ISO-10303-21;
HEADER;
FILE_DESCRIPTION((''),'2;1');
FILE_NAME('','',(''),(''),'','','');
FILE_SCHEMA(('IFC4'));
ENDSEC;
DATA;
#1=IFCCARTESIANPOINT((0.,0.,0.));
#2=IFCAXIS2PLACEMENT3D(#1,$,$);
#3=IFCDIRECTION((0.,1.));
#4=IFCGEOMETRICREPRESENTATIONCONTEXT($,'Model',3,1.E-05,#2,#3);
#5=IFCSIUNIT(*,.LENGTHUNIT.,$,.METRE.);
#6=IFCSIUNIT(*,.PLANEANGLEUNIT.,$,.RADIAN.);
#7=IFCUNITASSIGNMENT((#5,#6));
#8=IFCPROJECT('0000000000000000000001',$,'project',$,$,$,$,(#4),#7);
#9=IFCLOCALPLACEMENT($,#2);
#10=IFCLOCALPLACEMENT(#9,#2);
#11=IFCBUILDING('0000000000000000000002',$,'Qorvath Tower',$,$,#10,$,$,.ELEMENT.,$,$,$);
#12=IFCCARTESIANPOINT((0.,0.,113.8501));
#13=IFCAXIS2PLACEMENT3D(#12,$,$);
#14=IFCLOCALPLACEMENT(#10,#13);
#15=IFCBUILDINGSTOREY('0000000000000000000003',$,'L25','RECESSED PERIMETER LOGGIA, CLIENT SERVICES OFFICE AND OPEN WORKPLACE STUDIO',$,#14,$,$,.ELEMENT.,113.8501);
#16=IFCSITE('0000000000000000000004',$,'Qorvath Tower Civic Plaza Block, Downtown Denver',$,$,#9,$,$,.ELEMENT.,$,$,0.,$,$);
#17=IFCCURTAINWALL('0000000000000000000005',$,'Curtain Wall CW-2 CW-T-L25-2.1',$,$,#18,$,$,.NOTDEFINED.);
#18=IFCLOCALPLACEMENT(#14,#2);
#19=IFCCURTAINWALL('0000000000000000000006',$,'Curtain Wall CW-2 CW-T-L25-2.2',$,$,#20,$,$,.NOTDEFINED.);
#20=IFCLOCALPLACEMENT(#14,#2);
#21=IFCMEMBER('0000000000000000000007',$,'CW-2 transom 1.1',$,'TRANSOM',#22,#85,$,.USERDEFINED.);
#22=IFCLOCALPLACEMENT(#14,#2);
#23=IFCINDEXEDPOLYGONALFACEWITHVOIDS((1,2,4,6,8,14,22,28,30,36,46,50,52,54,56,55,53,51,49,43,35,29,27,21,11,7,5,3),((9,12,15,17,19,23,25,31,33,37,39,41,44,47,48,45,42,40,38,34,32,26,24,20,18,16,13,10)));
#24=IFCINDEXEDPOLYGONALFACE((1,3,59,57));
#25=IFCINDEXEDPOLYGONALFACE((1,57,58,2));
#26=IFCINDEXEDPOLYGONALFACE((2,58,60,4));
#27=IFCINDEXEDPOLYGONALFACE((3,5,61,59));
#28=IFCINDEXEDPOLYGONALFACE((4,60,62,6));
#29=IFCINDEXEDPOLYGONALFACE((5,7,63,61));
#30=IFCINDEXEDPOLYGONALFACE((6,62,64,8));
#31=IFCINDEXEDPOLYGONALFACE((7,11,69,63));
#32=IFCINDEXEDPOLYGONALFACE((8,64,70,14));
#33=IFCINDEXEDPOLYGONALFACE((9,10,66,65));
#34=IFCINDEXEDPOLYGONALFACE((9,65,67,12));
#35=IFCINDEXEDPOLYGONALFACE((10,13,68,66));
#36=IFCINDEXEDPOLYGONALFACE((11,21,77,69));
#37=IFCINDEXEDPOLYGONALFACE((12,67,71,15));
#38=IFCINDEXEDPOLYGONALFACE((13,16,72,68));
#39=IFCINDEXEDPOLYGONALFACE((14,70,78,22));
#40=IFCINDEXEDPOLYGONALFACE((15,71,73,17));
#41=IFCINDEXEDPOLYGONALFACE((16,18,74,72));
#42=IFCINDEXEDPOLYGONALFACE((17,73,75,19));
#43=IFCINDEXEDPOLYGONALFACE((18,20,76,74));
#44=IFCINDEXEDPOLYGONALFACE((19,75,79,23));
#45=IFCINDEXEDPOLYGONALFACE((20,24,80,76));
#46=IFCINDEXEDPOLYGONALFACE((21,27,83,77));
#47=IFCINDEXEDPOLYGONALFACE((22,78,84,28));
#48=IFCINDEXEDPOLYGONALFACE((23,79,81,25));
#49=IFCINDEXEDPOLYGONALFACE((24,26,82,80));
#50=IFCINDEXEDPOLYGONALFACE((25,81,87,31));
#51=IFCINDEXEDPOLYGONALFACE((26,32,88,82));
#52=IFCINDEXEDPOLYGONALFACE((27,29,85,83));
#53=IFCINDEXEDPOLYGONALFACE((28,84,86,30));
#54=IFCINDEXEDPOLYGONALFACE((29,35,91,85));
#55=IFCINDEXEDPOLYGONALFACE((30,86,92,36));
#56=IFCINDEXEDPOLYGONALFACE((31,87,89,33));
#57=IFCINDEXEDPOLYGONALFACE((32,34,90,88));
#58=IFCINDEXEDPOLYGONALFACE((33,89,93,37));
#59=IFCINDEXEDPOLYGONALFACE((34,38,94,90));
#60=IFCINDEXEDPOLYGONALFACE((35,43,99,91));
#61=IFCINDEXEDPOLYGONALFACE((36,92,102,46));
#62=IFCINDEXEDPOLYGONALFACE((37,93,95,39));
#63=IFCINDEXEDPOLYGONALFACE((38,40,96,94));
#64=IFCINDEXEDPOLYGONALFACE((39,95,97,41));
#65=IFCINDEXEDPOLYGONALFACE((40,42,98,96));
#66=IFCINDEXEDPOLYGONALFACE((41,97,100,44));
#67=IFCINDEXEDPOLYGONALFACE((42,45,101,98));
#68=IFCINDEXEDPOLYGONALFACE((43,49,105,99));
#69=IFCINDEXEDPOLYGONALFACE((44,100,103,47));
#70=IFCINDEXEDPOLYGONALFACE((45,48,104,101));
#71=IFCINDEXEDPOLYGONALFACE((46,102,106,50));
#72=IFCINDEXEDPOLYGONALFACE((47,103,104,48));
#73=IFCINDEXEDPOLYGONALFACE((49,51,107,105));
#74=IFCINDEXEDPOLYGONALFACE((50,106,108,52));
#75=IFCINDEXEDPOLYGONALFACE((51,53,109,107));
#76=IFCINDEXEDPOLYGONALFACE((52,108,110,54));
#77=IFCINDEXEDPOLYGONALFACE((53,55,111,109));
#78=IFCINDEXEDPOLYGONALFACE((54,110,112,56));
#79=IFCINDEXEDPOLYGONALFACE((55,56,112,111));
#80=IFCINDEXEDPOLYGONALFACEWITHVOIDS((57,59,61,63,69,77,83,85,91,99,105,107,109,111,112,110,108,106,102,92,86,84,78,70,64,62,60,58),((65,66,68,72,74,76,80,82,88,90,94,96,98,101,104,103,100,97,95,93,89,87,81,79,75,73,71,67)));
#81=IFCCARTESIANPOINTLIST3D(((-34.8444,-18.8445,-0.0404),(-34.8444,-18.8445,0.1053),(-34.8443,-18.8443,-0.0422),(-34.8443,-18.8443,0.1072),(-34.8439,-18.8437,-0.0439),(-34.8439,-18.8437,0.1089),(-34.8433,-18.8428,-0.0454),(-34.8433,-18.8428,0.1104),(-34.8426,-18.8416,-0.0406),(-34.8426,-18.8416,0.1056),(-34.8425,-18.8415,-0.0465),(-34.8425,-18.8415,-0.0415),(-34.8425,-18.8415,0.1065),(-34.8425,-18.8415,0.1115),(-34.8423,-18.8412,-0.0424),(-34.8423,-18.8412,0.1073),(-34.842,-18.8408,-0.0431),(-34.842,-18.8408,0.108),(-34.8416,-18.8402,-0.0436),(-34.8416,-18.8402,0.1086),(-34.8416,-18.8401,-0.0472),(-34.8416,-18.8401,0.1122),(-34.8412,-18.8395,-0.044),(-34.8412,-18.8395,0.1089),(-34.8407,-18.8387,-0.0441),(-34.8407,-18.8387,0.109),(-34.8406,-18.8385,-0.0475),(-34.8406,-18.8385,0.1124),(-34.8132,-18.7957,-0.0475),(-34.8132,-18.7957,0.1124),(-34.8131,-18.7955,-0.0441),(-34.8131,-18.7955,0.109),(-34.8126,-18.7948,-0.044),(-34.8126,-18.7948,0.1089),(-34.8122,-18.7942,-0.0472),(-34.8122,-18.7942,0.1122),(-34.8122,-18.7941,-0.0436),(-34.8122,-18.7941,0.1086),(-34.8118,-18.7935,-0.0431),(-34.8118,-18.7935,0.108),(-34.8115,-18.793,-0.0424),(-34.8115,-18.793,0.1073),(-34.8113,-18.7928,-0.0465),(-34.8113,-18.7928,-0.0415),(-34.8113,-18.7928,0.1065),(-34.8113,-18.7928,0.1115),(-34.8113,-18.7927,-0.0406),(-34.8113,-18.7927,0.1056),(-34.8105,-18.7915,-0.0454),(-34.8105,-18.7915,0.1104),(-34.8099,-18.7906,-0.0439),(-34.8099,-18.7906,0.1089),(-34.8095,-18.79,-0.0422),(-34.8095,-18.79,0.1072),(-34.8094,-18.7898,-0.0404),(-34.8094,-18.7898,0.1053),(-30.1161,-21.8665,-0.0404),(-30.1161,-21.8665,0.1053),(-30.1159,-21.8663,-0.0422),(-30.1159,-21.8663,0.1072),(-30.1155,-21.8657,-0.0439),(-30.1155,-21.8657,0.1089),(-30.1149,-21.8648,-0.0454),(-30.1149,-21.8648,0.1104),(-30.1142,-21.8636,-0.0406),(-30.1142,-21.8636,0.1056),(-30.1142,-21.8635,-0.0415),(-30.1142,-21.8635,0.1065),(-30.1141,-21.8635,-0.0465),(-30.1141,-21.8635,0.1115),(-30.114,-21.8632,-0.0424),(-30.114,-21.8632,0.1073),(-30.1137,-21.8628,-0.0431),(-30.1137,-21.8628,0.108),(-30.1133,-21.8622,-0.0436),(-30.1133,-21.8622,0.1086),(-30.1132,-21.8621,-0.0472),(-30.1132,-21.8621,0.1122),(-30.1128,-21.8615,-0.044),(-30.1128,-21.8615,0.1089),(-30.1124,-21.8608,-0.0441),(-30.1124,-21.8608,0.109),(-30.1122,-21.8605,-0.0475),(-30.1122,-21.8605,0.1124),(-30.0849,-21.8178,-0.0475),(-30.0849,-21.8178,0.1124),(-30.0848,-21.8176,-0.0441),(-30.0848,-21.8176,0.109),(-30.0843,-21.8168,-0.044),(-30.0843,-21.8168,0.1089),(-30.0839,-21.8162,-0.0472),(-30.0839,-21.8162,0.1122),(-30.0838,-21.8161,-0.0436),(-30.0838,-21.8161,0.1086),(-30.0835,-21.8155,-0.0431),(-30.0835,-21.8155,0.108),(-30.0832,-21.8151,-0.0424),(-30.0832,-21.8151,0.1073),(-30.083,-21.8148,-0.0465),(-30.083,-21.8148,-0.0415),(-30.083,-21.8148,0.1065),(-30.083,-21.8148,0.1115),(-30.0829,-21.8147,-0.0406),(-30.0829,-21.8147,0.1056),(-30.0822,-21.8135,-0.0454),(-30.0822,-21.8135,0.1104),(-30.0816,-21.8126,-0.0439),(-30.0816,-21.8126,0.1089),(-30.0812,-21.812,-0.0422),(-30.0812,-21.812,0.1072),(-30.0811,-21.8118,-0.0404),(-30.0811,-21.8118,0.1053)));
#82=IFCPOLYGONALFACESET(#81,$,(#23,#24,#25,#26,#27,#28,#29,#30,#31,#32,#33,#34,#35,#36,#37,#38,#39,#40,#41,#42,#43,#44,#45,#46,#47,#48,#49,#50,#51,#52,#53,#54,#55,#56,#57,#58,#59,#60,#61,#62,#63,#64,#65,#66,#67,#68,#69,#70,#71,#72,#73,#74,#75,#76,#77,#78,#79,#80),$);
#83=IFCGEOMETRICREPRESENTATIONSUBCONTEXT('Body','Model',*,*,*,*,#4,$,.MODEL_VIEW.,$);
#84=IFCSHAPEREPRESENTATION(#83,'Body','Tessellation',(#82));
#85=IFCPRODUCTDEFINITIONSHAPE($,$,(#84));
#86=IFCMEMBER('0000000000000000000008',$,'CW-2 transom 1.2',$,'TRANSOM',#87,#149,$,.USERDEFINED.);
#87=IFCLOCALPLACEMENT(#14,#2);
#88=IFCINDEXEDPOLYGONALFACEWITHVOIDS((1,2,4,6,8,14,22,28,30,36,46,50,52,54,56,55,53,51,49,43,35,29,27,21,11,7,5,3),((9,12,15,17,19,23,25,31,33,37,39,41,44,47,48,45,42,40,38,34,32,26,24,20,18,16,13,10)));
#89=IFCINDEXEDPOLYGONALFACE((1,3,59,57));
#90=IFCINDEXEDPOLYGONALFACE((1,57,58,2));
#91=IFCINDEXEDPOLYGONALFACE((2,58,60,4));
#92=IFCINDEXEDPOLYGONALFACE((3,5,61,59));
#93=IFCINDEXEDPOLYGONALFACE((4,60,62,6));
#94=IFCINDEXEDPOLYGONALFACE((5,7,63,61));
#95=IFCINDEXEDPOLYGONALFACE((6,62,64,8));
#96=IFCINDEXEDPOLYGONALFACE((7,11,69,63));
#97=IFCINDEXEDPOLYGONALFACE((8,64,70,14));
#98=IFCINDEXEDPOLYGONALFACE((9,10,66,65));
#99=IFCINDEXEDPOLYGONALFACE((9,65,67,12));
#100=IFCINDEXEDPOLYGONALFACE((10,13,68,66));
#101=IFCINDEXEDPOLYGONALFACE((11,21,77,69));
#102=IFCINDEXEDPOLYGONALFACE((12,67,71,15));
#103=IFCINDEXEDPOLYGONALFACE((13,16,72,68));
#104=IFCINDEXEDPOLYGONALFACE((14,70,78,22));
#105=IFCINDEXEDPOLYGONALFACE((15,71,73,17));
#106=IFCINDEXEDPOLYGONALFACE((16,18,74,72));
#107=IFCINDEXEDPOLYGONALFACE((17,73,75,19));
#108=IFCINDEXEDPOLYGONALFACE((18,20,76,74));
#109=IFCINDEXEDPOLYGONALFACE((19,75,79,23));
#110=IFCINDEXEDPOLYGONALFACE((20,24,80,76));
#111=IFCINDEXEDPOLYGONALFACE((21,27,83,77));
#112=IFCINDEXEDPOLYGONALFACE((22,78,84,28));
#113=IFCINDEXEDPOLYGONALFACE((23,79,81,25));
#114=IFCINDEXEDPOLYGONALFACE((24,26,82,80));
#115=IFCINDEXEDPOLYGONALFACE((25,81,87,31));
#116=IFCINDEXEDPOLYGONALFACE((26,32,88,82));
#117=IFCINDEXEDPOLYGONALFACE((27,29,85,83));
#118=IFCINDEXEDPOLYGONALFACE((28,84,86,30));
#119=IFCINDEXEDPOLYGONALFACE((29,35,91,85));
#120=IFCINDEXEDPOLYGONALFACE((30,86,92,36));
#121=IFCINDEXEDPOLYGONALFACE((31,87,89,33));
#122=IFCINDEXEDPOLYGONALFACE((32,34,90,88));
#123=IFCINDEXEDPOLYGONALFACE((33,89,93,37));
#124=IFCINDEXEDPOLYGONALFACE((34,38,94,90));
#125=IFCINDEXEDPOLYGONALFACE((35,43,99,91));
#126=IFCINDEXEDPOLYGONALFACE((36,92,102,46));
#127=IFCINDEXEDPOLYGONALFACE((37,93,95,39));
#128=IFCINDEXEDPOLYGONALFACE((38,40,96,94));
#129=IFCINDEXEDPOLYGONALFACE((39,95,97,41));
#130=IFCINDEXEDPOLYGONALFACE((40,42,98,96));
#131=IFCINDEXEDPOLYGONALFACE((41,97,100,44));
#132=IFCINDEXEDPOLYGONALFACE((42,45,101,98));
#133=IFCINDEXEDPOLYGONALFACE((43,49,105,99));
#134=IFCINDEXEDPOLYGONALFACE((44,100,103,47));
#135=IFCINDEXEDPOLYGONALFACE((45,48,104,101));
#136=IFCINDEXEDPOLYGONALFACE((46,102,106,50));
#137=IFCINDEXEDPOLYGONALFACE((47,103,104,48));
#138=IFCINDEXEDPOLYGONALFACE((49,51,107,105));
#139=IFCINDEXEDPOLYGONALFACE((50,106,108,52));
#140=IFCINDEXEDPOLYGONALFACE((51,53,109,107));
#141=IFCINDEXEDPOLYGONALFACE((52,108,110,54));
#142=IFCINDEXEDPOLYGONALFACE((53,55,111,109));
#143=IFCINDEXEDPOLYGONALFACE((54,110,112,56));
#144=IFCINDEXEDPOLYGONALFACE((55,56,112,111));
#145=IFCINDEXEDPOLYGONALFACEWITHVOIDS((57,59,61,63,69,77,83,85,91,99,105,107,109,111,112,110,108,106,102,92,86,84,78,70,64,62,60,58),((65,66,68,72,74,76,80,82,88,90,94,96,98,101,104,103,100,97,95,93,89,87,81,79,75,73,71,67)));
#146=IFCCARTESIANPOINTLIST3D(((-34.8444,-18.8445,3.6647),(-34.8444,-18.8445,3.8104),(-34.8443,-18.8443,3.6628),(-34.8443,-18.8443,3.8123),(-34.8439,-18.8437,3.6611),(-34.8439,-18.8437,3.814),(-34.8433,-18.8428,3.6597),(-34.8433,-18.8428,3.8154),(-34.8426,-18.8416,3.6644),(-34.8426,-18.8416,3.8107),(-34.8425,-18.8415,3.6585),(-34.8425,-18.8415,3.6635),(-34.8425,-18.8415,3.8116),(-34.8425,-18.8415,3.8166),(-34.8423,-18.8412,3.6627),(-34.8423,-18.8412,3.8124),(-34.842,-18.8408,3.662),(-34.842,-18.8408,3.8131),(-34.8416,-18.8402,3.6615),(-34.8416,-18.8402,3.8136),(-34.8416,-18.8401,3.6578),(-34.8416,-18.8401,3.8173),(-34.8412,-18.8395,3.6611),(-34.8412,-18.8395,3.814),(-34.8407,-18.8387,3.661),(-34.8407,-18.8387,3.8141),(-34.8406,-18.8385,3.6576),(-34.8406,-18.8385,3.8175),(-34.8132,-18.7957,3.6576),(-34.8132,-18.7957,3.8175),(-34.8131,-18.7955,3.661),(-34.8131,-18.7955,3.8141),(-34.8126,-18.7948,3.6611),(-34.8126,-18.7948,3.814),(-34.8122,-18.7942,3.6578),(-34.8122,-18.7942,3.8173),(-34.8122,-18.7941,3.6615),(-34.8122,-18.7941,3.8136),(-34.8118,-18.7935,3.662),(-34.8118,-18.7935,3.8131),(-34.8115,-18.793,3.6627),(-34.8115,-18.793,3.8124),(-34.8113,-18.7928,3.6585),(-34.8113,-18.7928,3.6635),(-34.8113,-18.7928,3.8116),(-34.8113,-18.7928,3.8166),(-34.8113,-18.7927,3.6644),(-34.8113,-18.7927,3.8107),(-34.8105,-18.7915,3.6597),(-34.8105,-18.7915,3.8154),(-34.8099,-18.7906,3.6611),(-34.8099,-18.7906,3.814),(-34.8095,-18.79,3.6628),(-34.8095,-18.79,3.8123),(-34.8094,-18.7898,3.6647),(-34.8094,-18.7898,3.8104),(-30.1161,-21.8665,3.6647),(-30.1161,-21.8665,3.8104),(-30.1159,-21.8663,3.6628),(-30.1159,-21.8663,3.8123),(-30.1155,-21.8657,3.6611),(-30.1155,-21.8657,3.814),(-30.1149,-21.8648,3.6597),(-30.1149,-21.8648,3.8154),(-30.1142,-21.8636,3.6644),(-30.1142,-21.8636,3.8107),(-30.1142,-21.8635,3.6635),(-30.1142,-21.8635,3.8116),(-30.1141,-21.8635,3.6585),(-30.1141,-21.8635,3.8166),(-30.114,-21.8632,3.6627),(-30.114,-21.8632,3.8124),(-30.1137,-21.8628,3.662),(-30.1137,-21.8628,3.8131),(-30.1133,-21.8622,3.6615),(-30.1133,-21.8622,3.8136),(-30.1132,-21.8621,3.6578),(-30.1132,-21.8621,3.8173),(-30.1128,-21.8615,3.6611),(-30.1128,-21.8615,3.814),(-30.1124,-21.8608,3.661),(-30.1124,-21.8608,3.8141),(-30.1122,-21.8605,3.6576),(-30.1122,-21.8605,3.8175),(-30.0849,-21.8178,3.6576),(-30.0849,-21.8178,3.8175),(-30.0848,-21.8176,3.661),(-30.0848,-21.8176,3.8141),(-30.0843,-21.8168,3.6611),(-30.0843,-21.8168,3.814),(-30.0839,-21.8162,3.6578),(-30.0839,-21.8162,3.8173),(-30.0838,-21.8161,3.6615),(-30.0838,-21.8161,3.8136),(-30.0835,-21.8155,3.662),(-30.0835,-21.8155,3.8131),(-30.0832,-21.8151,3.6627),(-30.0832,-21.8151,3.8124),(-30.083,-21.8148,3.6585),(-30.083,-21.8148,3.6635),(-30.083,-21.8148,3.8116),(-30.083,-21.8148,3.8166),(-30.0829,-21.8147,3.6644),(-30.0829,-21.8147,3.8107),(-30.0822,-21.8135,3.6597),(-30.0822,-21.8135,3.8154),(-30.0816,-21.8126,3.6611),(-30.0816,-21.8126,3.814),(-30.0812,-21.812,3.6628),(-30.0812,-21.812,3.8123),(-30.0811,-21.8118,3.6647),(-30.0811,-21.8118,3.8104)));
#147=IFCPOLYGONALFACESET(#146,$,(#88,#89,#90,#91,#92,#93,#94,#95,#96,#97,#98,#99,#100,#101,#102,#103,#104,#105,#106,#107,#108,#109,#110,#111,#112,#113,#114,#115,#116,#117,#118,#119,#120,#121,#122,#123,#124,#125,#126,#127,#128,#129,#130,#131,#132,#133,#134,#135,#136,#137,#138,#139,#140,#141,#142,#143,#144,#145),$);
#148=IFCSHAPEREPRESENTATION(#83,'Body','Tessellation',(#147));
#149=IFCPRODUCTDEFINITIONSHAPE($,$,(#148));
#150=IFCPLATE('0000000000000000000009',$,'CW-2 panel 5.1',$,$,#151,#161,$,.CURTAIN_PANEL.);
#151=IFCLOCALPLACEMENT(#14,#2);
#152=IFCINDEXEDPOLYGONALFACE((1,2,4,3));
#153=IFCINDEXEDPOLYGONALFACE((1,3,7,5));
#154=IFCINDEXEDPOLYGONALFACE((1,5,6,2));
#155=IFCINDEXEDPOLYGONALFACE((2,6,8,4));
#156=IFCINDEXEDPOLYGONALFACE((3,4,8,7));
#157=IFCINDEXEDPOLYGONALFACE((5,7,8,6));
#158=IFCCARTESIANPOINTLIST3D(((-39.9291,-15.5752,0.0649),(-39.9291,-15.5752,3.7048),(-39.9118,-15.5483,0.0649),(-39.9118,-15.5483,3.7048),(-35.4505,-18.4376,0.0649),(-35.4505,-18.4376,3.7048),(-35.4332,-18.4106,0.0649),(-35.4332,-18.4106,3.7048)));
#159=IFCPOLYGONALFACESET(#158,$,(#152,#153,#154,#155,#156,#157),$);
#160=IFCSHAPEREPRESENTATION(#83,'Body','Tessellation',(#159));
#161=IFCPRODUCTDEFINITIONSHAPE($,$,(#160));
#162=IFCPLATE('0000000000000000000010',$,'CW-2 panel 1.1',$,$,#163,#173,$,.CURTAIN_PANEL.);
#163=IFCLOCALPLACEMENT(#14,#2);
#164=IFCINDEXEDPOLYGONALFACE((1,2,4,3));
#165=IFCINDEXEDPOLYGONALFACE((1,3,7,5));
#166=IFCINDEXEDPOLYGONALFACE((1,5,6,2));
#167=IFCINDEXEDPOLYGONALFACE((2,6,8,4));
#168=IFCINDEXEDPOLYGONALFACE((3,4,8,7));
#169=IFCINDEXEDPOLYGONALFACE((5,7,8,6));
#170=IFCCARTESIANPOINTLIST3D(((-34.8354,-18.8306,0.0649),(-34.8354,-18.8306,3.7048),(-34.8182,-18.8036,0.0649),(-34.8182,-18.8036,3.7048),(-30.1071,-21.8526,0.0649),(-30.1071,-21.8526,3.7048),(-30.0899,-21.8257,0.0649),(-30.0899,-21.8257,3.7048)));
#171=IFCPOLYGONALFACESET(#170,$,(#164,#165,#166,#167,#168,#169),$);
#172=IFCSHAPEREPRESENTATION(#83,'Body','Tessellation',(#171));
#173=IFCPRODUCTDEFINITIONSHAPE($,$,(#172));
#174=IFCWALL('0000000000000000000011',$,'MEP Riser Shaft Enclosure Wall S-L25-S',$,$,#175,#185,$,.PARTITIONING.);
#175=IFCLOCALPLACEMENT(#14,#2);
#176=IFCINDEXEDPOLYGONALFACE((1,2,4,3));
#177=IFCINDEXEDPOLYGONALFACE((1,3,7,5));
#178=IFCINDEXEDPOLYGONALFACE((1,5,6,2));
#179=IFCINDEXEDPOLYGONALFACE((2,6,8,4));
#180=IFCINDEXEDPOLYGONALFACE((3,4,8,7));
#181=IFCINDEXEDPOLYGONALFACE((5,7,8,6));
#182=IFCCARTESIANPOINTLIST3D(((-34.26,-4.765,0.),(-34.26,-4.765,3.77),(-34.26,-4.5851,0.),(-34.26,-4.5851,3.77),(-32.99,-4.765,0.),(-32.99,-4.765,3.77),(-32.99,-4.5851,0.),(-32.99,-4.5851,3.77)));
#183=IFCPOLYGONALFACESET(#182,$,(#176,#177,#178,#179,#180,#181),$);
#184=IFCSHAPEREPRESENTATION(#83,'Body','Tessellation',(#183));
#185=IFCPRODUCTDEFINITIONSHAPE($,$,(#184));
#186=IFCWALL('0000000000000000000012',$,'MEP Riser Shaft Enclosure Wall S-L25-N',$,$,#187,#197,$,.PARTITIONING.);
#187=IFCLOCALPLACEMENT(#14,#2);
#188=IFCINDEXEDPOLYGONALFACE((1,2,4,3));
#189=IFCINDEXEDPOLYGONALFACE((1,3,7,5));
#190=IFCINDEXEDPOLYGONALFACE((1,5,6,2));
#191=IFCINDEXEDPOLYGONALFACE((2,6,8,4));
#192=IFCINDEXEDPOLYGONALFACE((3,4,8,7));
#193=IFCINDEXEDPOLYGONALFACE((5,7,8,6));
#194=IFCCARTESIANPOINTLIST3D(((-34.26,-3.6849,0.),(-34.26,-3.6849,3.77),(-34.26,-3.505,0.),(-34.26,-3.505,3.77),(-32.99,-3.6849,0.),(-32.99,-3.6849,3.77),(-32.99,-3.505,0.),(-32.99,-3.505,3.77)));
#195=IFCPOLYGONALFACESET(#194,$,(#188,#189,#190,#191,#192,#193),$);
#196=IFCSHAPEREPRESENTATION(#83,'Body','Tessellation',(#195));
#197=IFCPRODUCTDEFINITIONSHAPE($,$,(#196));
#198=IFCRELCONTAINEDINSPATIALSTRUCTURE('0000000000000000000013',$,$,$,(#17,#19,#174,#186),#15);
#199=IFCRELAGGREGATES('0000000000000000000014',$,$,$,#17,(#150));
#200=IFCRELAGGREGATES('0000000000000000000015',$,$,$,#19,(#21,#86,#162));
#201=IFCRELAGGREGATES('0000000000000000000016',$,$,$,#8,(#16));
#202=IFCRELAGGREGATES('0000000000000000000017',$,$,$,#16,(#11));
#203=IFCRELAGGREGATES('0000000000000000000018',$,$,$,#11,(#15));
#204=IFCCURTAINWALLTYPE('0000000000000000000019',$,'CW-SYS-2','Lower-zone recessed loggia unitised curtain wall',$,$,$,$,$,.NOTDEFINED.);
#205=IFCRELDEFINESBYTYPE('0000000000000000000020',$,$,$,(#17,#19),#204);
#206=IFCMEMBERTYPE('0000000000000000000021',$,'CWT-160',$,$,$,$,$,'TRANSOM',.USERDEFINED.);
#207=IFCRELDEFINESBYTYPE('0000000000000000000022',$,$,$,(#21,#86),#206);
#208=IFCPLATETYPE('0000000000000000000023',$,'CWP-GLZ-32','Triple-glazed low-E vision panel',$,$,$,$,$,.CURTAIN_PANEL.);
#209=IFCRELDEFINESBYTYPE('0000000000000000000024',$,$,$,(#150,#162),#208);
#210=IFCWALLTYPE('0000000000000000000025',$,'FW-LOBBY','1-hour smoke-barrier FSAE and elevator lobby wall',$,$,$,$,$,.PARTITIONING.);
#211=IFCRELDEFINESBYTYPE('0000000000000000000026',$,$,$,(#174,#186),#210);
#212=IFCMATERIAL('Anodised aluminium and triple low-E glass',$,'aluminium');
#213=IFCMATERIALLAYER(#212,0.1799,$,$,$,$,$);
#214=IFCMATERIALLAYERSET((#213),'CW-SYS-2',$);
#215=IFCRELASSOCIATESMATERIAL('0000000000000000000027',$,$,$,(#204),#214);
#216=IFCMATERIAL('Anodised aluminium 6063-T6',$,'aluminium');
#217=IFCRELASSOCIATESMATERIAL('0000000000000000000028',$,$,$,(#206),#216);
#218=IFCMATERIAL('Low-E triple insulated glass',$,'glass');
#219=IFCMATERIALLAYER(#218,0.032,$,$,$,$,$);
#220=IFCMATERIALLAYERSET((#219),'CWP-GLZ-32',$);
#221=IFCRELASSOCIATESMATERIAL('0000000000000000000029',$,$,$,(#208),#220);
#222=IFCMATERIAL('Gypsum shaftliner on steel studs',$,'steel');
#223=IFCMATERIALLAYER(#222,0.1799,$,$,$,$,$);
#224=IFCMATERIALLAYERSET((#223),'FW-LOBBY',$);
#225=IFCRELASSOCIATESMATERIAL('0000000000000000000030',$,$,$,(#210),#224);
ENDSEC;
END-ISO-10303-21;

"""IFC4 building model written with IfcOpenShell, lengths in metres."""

from ifc_helpers import new_model, si_unit, direction, frame, frame_2d, origin, origin_2d, place, context, subcontext, project, spatial, rectangle, hollow_rectangle, extrude, material, layer, layer_set, material_profile, profile_set, type_object, element, aggregate, save


model = new_model("IFC4")

# Units and contexts
model_context = context("Model", 3, precision=1e-05, world=origin(), true_north=direction((0.0, 1.0)))
body_context = subcontext(model_context, "Body", "Model", "MODEL_VIEW")
ifc_project = project(units=[si_unit("LENGTHUNIT", "METRE"), si_unit("PLANEANGLEUNIT", "RADIAN")], contexts=[model_context])

# Site, building, storey
site_placement = place(None, origin())
site = spatial("IfcSite", under=ifc_project, at=site_placement, Name="Qorvath Tower Civic Plaza Block, Downtown Denver", CompositionType="ELEMENT", RefElevation=0.0)
building_placement = place(site_placement, origin())
building = spatial("IfcBuilding", under=site, at=building_placement, Name="Qorvath Tower", CompositionType="ELEMENT")
storey_placement = place(building_placement, frame((0.0, 0.0, 113.8501)))
storey = spatial("IfcBuildingStorey", under=building, at=storey_placement, Name="L25", Description="RECESSED PERIMETER LOGGIA, CLIENT SERVICES OFFICE AND OPEN WORKPLACE STUDIO", CompositionType="ELEMENT", Elevation=113.8501)

# Curtain wall
ifc_material_1 = material(Name="Anodised aluminium and triple low-E glass", Category="aluminium")
ifc_layer_1 = layer(ifc_material_1, 0.1799)
ifc_layer_set_1 = layer_set([ifc_layer_1], Name="CW-SYS-2")
curtain_wall_type = type_object("IfcCurtainWallType", Name="CW-SYS-2", Description="Lower-zone recessed loggia unitised curtain wall", PredefinedType="NOTDEFINED", material=ifc_layer_set_1)
curtain_wall_1_placement = place(storey_placement, origin())
curtain_wall_1 = element("IfcCurtainWall", 1, at=curtain_wall_1_placement, inside=storey, type_object=curtain_wall_type, Name="Curtain Wall CW-2 CW-T-L25-2.1", PredefinedType="NOTDEFINED")

# Curtain wall, members
curtain_wall_2_placement = place(storey_placement, origin())
curtain_wall_2 = element("IfcCurtainWall", 2, at=curtain_wall_2_placement, inside=storey, type_object=curtain_wall_type, Name="Curtain Wall CW-2 CW-T-L25-2.2", PredefinedType="NOTDEFINED")
ifc_material_2 = material(Name="Anodised aluminium 6063-T6", Category="aluminium")
ifc_material_profile_1 = material_profile(ifc_material_2, hollow_rectangle(XDim=0.0649, YDim=0.1599, WallThickness=0.0034, InnerFilletRadius=0.0034, OuterFilletRadius=0.0071, at=origin_2d()), Name="CWT 160x65")
ifc_profile_set_1 = profile_set([ifc_material_profile_1], Name="Anodised aluminium 6063-T6")
member_type_1 = type_object("IfcMemberType", Name="CWT-160", ElementType="TRANSOM", PredefinedType="USERDEFINED", material=ifc_profile_set_1)
member_1_placement = place(storey_placement, frame((-34.8269, -18.8171, 0.0325), z_axis=(0.842605, -0.538533, 0.0), x_axis=(0.538533, 0.842605, 0.0)))
member_1 = element("IfcMember", 3, at=member_1_placement, type_object=member_type_1, Name="CW-2 transom 1.1", ObjectType="TRANSOM", PredefinedType="USERDEFINED", context=body_context, shape_type="SweptSolid", body=[
    extrude(hollow_rectangle(XDim=0.0649, YDim=0.1599, WallThickness=0.0034, InnerFilletRadius=0.0034, OuterFilletRadius=0.0071, at=origin_2d()), origin(), (0.0, 0.0, 1.0), 5.6116),
])
member_2_placement = place(storey_placement, frame((-34.8269, -18.8171, 3.7375), z_axis=(0.842605, -0.538533, 0.0), x_axis=(0.538533, 0.842605, 0.0)))
member_2 = element("IfcMember", 4, at=member_2_placement, type_object=member_type_1, Name="CW-2 transom 1.2", ObjectType="TRANSOM", PredefinedType="USERDEFINED", context=body_context, shape_type="SweptSolid", body=[
    extrude(hollow_rectangle(XDim=0.0649, YDim=0.1599, WallThickness=0.0034, InnerFilletRadius=0.0034, OuterFilletRadius=0.0071, at=origin_2d()), origin(), (0.0, 0.0, 1.0), 5.6116),
])

# Plates
ifc_material_3 = material(Name="Low-E triple insulated glass", Category="glass")
ifc_layer_2 = layer(ifc_material_3, 0.032)
ifc_layer_set_2 = layer_set([ifc_layer_2], Name="CWP-GLZ-32")
plate_type = type_object("IfcPlateType", Name="CWP-GLZ-32", Description="Triple-glazed low-E vision panel", PredefinedType="CURTAIN_PANEL", material=ifc_layer_set_2)
plate_1_placement = place(storey_placement, frame((-37.6812, -16.9929, 0.0649), z_axis=(0.0, 0.0, 1.0), x_axis=(0.842606, -0.53853, 0.0)))
plate_1 = element("IfcPlate", 5, at=plate_1_placement, type_object=plate_type, Name="CW-2 panel 5.1", PredefinedType="CURTAIN_PANEL", context=body_context, shape_type="SweptSolid", body=[
    extrude(rectangle(XDim=5.3152, YDim=0.032, at=origin_2d()), origin(), (0.0, 0.0, 1.0), 3.6399),
])
aggregate(curtain_wall_1, [plate_1])
plate_2_placement = place(storey_placement, frame((-32.4626, -20.3281, 0.0649), z_axis=(0.0, 0.0, 1.0), x_axis=(0.842601, -0.538538, 0.0)))
plate_2 = element("IfcPlate", 6, at=plate_2_placement, type_object=plate_type, Name="CW-2 panel 1.1", PredefinedType="CURTAIN_PANEL", context=body_context, shape_type="SweptSolid", body=[
    extrude(rectangle(XDim=5.6116, YDim=0.032, at=origin_2d()), origin(), (0.0, 0.0, 1.0), 3.6399),
])
aggregate(curtain_wall_2, [member_1, member_2, plate_2])

# Walls
ifc_material_4 = material(Name="Gypsum shaftliner on steel studs", Category="steel")
ifc_layer_3 = layer(ifc_material_4, 0.1799)
ifc_layer_set_3 = layer_set([ifc_layer_3], Name="FW-LOBBY")
wall_type_1 = type_object("IfcWallType", Name="FW-LOBBY", Description="1-hour smoke-barrier FSAE and elevator lobby wall", PredefinedType="PARTITIONING", material=ifc_layer_set_3)
for number, where, z_axis, x_axis, name in (
    (7, (-32.99, -4.675, 0.0), (0.0, 0.0, 1.0), (-1.0, 0.0, 0.0), "MEP Riser Shaft Enclosure Wall S-L25-S"),
    (8, (-34.26, -3.595, 0.0), (0.0, 0.0, 1.0), (1.0, 0.0, 0.0), "MEP Riser Shaft Enclosure Wall S-L25-N"),
):
    element("IfcWall", number, at=place(storey_placement, frame(where, z_axis=z_axis, x_axis=x_axis)), inside=storey, type_object=wall_type_1, Name=name, PredefinedType="PARTITIONING", context=body_context, shape_type="SweptSolid", body=[
        extrude(rectangle(XDim=1.27, YDim=0.1799, at=frame_2d((0.635, 0.0))), origin(), (0.0, 0.0, 1.0), 3.77),
    ])

save(model, "model.ifc")
